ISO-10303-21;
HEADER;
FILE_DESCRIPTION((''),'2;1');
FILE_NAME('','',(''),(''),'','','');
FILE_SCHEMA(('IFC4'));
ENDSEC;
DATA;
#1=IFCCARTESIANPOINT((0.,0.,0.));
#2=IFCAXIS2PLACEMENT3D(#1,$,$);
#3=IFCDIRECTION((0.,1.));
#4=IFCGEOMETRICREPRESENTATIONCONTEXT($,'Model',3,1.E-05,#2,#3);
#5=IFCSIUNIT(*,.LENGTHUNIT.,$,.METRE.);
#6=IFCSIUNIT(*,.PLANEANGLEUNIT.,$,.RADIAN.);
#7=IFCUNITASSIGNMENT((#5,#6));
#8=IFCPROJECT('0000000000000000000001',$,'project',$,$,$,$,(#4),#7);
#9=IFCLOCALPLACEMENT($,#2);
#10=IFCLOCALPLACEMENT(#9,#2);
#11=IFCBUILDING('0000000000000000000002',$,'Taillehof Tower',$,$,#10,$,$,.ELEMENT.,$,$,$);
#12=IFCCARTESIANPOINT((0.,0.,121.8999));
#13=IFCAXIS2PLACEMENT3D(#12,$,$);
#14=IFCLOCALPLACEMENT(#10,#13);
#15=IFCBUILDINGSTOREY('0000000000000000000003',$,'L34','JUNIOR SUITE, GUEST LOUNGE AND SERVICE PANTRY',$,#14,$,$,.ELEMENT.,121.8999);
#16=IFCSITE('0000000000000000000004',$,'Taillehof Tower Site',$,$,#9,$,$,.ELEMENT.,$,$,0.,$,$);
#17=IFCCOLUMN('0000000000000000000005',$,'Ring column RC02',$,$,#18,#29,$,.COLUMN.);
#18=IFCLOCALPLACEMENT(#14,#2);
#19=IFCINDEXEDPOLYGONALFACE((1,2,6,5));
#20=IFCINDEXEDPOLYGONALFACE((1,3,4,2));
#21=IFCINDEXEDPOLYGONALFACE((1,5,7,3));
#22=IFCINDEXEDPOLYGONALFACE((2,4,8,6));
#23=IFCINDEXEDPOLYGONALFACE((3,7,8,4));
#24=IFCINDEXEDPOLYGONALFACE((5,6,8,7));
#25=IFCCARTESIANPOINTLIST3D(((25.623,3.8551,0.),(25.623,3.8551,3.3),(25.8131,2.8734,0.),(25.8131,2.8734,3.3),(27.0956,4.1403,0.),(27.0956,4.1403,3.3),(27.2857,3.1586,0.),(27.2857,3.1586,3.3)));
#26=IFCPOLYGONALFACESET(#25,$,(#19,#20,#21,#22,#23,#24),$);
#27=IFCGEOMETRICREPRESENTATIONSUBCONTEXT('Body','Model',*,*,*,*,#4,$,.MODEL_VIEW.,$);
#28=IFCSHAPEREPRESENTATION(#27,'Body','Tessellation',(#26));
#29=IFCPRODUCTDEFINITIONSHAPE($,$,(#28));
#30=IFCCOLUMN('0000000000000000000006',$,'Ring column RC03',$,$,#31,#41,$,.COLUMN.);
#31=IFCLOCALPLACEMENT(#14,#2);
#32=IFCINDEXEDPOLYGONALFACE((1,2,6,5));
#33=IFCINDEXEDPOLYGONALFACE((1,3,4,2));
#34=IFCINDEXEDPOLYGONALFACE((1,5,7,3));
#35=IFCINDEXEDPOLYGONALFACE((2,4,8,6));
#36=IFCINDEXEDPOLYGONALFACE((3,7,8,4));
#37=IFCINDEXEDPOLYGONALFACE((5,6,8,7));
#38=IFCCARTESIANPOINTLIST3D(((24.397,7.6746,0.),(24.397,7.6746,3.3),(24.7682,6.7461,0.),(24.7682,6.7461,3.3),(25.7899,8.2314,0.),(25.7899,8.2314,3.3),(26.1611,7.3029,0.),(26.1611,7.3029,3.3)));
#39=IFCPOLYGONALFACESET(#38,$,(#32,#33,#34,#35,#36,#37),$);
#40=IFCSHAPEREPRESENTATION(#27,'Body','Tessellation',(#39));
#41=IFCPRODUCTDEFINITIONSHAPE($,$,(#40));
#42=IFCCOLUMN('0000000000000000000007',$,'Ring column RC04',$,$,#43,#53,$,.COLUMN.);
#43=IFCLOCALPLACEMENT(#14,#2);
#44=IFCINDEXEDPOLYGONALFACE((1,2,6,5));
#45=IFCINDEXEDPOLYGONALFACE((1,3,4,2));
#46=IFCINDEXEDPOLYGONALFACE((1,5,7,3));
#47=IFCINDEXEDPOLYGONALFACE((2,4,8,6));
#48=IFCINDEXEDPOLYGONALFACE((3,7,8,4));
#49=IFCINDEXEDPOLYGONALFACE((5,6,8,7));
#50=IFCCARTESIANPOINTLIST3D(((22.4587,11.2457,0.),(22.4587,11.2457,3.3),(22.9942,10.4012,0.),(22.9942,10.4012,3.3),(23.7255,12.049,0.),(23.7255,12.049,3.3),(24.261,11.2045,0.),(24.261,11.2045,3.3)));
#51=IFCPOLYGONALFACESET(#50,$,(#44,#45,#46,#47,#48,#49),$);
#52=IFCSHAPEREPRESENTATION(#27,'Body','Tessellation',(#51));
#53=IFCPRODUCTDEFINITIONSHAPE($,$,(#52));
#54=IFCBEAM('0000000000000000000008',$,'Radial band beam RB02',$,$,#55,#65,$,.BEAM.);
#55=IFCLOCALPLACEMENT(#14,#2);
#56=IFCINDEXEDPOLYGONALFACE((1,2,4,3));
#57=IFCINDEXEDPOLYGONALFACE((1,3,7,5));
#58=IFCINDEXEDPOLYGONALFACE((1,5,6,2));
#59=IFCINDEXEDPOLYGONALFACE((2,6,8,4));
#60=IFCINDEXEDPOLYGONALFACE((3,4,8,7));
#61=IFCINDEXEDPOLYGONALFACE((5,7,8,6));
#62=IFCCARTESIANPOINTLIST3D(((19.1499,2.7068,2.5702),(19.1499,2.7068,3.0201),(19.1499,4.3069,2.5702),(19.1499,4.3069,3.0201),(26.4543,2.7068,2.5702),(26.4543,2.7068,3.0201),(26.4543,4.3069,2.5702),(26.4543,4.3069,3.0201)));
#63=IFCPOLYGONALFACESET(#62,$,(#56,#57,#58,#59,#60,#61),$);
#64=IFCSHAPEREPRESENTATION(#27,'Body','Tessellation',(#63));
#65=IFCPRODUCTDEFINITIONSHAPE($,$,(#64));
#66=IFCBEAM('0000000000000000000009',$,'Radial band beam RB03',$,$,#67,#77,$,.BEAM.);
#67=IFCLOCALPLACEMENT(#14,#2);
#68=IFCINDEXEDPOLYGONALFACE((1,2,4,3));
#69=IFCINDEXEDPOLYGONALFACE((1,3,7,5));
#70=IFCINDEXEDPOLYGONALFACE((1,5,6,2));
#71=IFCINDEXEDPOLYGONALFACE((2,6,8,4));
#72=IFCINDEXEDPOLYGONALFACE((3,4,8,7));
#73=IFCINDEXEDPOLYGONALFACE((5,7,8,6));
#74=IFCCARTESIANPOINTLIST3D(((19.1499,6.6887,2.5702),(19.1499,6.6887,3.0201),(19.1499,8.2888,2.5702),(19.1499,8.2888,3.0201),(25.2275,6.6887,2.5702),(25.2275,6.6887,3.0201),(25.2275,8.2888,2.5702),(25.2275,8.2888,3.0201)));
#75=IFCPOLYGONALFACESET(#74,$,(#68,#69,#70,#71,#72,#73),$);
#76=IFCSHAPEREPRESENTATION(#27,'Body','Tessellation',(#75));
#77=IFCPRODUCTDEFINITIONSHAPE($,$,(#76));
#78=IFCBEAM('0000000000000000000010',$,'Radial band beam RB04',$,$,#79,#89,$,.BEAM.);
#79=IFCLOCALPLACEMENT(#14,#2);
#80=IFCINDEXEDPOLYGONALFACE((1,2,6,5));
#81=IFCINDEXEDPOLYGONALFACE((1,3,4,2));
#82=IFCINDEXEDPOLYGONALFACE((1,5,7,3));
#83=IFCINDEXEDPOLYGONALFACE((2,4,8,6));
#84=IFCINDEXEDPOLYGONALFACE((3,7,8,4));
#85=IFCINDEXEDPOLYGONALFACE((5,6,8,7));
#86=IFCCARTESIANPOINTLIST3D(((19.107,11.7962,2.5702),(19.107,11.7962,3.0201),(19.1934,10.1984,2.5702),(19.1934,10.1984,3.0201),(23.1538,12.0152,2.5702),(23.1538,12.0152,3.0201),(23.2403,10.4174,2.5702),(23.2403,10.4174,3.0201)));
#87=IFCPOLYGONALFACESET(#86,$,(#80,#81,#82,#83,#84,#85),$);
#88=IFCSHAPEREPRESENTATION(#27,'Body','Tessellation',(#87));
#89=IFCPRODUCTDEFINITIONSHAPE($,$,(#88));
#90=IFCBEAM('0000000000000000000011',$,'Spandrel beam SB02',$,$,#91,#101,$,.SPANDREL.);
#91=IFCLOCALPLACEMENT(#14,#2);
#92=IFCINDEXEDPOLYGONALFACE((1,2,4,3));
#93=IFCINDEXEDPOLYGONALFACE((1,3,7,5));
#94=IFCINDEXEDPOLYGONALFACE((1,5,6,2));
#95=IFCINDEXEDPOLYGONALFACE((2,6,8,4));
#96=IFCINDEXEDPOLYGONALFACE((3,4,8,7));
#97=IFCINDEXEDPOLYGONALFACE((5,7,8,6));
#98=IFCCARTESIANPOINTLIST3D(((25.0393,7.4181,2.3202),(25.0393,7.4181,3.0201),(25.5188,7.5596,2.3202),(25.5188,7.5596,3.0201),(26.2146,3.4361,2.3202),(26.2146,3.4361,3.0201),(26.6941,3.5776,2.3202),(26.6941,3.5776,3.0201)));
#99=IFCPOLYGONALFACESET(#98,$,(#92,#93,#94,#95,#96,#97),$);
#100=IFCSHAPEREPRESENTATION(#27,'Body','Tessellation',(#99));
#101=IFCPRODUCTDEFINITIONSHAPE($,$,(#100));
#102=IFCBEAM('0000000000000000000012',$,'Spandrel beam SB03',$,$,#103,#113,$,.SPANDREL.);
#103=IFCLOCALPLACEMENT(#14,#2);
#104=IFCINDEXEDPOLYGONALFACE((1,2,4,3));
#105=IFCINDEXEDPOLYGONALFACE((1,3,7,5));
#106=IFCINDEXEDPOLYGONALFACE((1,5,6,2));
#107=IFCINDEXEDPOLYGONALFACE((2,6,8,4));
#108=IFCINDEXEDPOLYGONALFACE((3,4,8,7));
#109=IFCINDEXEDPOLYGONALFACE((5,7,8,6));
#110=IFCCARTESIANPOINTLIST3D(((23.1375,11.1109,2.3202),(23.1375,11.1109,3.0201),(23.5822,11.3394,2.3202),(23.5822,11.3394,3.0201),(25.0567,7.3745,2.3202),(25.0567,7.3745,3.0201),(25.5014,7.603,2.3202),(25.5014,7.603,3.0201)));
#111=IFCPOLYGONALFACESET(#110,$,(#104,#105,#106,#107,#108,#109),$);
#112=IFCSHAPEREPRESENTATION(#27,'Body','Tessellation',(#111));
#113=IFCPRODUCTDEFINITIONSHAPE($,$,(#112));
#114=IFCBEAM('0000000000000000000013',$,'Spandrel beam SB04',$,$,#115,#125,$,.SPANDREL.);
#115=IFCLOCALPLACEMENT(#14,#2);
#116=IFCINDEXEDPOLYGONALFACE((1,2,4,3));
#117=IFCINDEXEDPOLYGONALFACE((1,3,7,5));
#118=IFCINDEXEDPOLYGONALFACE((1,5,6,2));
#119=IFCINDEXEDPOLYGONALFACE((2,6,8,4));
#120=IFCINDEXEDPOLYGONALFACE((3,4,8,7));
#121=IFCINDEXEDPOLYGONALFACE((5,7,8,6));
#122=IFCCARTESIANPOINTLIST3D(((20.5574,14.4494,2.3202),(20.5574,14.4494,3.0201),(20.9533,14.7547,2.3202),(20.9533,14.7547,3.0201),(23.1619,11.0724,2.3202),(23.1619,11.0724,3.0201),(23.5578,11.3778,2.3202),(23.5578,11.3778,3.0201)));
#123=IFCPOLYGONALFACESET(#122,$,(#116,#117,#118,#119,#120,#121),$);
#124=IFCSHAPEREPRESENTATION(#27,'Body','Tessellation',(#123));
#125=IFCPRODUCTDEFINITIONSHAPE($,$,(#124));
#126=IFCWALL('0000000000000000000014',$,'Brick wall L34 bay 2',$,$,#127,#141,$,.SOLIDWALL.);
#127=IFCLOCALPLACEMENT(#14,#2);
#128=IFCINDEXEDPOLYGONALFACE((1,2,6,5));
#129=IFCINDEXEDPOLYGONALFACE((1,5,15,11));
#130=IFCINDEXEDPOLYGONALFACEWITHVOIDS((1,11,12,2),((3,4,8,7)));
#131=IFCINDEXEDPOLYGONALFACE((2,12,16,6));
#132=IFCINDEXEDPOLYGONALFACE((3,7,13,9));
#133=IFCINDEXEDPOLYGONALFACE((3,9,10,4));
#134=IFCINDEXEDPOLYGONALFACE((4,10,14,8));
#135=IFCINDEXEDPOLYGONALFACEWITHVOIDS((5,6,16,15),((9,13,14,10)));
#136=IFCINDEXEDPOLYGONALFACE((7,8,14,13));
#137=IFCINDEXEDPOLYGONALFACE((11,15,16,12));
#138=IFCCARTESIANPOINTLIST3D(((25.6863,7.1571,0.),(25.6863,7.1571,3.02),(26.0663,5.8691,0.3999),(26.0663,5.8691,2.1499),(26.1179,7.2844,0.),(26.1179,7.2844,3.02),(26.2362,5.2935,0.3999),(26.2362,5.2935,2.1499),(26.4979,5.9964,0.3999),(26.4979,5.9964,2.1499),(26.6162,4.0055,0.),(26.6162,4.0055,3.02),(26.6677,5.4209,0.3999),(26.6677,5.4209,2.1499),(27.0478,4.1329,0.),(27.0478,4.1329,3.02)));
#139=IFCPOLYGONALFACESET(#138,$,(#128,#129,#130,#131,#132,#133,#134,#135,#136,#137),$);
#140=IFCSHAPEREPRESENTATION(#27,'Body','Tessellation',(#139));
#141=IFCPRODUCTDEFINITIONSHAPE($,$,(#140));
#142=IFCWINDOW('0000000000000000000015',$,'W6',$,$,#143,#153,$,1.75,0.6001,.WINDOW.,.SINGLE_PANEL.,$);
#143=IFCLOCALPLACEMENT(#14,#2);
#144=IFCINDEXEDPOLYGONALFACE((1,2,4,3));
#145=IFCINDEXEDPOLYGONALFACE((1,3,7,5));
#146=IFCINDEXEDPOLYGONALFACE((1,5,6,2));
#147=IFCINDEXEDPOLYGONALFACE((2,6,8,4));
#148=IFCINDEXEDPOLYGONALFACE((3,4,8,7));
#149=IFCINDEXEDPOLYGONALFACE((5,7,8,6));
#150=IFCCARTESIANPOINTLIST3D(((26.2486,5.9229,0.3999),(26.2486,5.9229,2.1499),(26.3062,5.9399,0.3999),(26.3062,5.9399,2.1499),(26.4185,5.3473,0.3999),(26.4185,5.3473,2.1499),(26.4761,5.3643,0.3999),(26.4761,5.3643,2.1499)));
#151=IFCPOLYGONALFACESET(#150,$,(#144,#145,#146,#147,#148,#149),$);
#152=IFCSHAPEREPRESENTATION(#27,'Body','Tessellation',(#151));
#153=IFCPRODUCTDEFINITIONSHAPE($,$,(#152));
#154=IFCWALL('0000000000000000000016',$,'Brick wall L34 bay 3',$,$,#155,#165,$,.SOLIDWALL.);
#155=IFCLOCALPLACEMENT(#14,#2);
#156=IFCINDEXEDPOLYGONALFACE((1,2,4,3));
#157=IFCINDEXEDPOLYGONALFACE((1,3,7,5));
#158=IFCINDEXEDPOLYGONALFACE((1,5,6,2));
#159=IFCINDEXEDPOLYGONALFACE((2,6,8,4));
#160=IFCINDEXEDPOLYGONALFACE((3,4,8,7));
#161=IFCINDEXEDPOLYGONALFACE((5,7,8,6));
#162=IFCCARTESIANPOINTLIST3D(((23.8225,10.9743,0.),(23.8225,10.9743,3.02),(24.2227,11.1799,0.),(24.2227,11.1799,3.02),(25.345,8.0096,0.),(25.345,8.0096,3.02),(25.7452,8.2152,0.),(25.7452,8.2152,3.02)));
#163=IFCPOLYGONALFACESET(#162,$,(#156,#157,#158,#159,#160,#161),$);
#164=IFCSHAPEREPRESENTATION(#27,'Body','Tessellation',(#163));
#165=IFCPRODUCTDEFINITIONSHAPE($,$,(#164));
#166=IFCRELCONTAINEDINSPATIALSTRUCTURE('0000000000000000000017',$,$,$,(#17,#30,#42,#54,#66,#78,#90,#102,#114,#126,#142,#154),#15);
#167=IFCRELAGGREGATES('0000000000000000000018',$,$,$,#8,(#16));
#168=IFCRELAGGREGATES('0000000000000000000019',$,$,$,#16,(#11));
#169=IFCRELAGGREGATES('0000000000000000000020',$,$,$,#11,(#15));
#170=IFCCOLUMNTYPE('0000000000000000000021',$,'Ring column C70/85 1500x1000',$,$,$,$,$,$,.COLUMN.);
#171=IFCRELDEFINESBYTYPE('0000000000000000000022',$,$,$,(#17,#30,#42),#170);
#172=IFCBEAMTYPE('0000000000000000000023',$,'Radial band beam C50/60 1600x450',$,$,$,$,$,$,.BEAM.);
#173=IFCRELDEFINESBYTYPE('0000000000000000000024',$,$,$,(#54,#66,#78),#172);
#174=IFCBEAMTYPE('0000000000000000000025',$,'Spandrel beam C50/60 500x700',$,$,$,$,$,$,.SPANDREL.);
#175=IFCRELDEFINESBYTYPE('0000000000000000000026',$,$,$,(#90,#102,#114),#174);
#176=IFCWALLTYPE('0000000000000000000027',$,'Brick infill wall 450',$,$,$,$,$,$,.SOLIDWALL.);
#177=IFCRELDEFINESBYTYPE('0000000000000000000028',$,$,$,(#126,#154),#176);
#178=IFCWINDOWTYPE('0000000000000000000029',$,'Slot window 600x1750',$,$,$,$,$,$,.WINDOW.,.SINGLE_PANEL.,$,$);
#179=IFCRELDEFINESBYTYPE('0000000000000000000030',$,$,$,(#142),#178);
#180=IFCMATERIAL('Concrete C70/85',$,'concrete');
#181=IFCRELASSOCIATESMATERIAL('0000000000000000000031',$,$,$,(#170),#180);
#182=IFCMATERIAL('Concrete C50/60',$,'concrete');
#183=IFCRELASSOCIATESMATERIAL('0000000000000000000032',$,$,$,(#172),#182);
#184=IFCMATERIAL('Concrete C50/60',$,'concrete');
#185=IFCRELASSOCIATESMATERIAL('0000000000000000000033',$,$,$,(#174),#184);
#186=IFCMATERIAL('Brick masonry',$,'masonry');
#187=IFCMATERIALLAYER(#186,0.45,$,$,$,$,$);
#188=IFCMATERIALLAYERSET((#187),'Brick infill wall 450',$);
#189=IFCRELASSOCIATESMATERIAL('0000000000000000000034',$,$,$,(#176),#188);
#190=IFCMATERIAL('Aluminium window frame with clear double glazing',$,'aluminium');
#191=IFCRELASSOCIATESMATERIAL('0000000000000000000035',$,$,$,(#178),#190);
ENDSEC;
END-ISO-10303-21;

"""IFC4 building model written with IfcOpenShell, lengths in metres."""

from ifc_helpers import new_model, si_unit, direction, frame, frame_2d, origin, origin_2d, place, context, subcontext, project, spatial, rectangle, extrude, material, layer, layer_set, material_profile, profile_set, type_object, element, fill, save


model = new_model("IFC4")

# Units and contexts
model_context = context("Model", 3, precision=1e-05, world=origin(), true_north=direction((0.0, 1.0)))
body_context = subcontext(model_context, "Body", "Model", "MODEL_VIEW")
ifc_project = project(units=[si_unit("LENGTHUNIT", "METRE"), si_unit("PLANEANGLEUNIT", "RADIAN")], contexts=[model_context])

# Site, building, storey
site_placement = place(None, origin())
site = spatial("IfcSite", under=ifc_project, at=site_placement, Name="Taillehof Tower Site", CompositionType="ELEMENT", RefElevation=0.0)
building_placement = place(site_placement, origin())
building = spatial("IfcBuilding", under=site, at=building_placement, Name="Taillehof Tower", CompositionType="ELEMENT")
storey_placement = place(building_placement, frame((0.0, 0.0, 121.8999)))
storey = spatial("IfcBuildingStorey", under=building, at=storey_placement, Name="L34", Description="JUNIOR SUITE, GUEST LOUNGE AND SERVICE PANTRY", CompositionType="ELEMENT", Elevation=121.8999)

# Columns
ifc_material_1 = material(Name="Concrete C70/85", Category="concrete")
ifc_material_profile_1 = material_profile(ifc_material_1, rectangle(XDim=1.5, YDim=1.0, at=origin_2d()), Name="RC 1500x1000")
ifc_profile_set_1 = profile_set([ifc_material_profile_1], Name="Concrete C70/85")
column_type = type_object("IfcColumnType", Name="Ring column C70/85 1500x1000", PredefinedType="COLUMN", material=ifc_profile_set_1)
for number, where, z_axis, x_axis, name in (
    (1, (26.4543, 3.5068, 0.0), (0.0, 0.0, 1.0), (0.981757, 0.190138, 0.0), "Ring column RC02"),
    (2, (25.2791, 7.4888, 0.0), (0.0, 0.0, 1.0), (0.92855, 0.371207, 0.0), "Ring column RC03"),
    (3, (23.3599, 11.2251, 0.0), (0.0, 0.0, 1.0), (0.844511, 0.535537, 0.0), "Ring column RC04"),
):
    element("IfcColumn", number, at=place(storey_placement, frame(where, z_axis=z_axis, x_axis=x_axis)), inside=storey, type_object=column_type, Name=name, PredefinedType="COLUMN", context=body_context, shape_type="SweptSolid", body=[
        extrude(rectangle(XDim=1.5, YDim=1.0, at=origin_2d()), origin(), (0.0, 0.0, 1.0), 3.3),
    ])

# Beams
ifc_material_2 = material(Name="Concrete C50/60", Category="concrete")
ifc_material_profile_2 = material_profile(ifc_material_2, rectangle(XDim=1.6001, YDim=0.45, at=origin_2d()), Name="RC 1600x450")
ifc_profile_set_2 = profile_set([ifc_material_profile_2], Name="Concrete C50/60")
beam_type_1 = type_object("IfcBeamType", Name="Radial band beam C50/60 1600x450", PredefinedType="BEAM", material=ifc_profile_set_2)
beam_1_placement = place(storey_placement, frame((26.4543, 3.5068, 2.7952), z_axis=(-1.0, 0.0, 0.0), x_axis=(0.0, -1.0, 0.0)))
element("IfcBeam", 4, at=beam_1_placement, inside=storey, type_object=beam_type_1, Name="Radial band beam RB02", PredefinedType="BEAM", context=body_context, shape_type="SweptSolid", body=[
    extrude(rectangle(XDim=1.6001, YDim=0.45, at=origin_2d()), origin(), (0.0, 0.0, 1.0), 7.3044),
])
beam_2_placement = place(storey_placement, frame((25.2275, 7.4888, 2.7952), z_axis=(-1.0, 0.0, 0.0), x_axis=(0.0, -1.0, 0.0)))
element("IfcBeam", 5, at=beam_2_placement, inside=storey, type_object=beam_type_1, Name="Radial band beam RB03", PredefinedType="BEAM", context=body_context, shape_type="SweptSolid", body=[
    extrude(rectangle(XDim=1.6001, YDim=0.45, at=origin_2d()), origin(), (0.0, 0.0, 1.0), 6.0776),
])
beam_3_placement = place(storey_placement, frame((23.197, 11.2163, 2.7952), z_axis=(-0.998539, -0.054035, 0.0), x_axis=(0.054035, -0.998539, 0.0)))
element("IfcBeam", 6, at=beam_3_placement, inside=storey, type_object=beam_type_1, Name="Radial band beam RB04", PredefinedType="BEAM", context=body_context, shape_type="SweptSolid", body=[
    extrude(rectangle(XDim=1.6001, YDim=0.45, at=origin_2d()), origin(), (0.0, 0.0, 1.0), 4.0527),
])
ifc_material_3 = material(Name="Concrete C50/60", Category="concrete")
ifc_material_profile_3 = material_profile(ifc_material_3, rectangle(XDim=0.5, YDim=0.7, at=origin_2d()), Name="RC 500x700")
ifc_profile_set_3 = profile_set([ifc_material_profile_3], Name="Concrete C50/60")
beam_type_2 = type_object("IfcBeamType", Name="Spandrel beam C50/60 500x700", PredefinedType="SPANDREL", material=ifc_profile_set_3)
beam_4_placement = place(storey_placement, frame((26.4543, 3.5068, 2.6702), z_axis=(-0.283083, 0.959095, 0.0), x_axis=(-0.959095, -0.283083, 0.0)))
element("IfcBeam", 7, at=beam_4_placement, inside=storey, type_object=beam_type_2, Name="Spandrel beam SB02", PredefinedType="SPANDREL", context=body_context, shape_type="SweptSolid", body=[
    extrude(rectangle(XDim=0.5, YDim=0.7, at=origin_2d()), origin(), (0.0, 0.0, 1.0), 4.1519),
])
beam_5_placement = place(storey_placement, frame((25.2791, 7.4888, 2.6702), z_axis=(-0.456905, 0.889515, 0.0), x_axis=(-0.889515, -0.456905, 0.0)))
element("IfcBeam", 8, at=beam_5_placement, inside=storey, type_object=beam_type_2, Name="Spandrel beam SB03", PredefinedType="SPANDREL", context=body_context, shape_type="SweptSolid", body=[
    extrude(rectangle(XDim=0.5, YDim=0.7, at=origin_2d()), origin(), (0.0, 0.0, 1.0), 4.2004),
])
beam_6_placement = place(storey_placement, frame((23.3599, 11.2251, 2.6702), z_axis=(-0.610717, 0.791849, 0.0), x_axis=(-0.791849, -0.610717, 0.0)))
element("IfcBeam", 9, at=beam_6_placement, inside=storey, type_object=beam_type_2, Name="Spandrel beam SB04", PredefinedType="SPANDREL", context=body_context, shape_type="SweptSolid", body=[
    extrude(rectangle(XDim=0.5, YDim=0.7, at=origin_2d()), origin(), (0.0, 0.0, 1.0), 4.2646),
])

# Wall, opening, window
ifc_material_4 = material(Name="Brick masonry", Category="masonry")
ifc_layer_1 = layer(ifc_material_4, 0.45)
ifc_layer_set_1 = layer_set([ifc_layer_1], Name="Brick infill wall 450")
wall_type_1 = type_object("IfcWallType", Name="Brick infill wall 450", PredefinedType="SOLIDWALL", material=ifc_layer_set_1)
wall_1_placement = place(storey_placement, frame((26.832, 4.0691, 0.0), z_axis=(0.0, 0.0, 1.0), x_axis=(-0.283003, 0.959119, 0.0)))
wall_1 = element("IfcWall", 10, at=wall_1_placement, inside=storey, type_object=wall_type_1, Name="Brick wall L34 bay 2", PredefinedType="SOLIDWALL", context=body_context, shape_type="SweptSolid", body=[
    extrude(rectangle(XDim=3.2859, YDim=0.45, at=frame_2d((1.6431, 0.0))), origin(), (0.0, 0.0, 1.0), 3.02),
])
opening_1_placement = place(wall_1_placement, frame((1.343, 0.0, 0.3999)))
opening_1 = element("IfcOpeningElement", 11, at=opening_1_placement, cuts=wall_1, PredefinedType="OPENING", context=body_context, shape_type="SweptSolid", body=[
    extrude(rectangle(XDim=0.6001, YDim=1.75, at=frame_2d((0.3, 0.875))), frame((0.0, 0.2349, 0.0), z_axis=(0.0, -1.0, 0.0), x_axis=(1.0, 0.0, 0.0)), (0.0, 0.0, 1.0), 0.47),
])
ifc_material_5 = material(Name="Aluminium window frame with clear double glazing", Category="aluminium")
window_type = type_object("IfcWindowType", Name="Slot window 600x1750", PartitioningType="SINGLE_PANEL", PredefinedType="WINDOW", material=ifc_material_5)
window_placement = place(opening_1_placement, origin())
window = element("IfcWindow", 12, at=window_placement, inside=storey, type_object=window_type, Name="W6", OverallHeight=1.75, OverallWidth=0.6001, PartitioningType="SINGLE_PANEL", PredefinedType="WINDOW", context=body_context, shape_type="SweptSolid", body=[
    extrude(rectangle(XDim=0.6001, YDim=1.75, at=frame_2d((0.3, 0.875))), frame((0.0, 0.0349, 0.0), z_axis=(0.0, -1.0, 0.0), x_axis=(1.0, 0.0, 0.0)), (0.0, 0.0, 1.0), 0.0601),
])
fill(opening_1, window)

# Wall
wall_2_placement = place(storey_placement, frame((25.5452, 8.1123, 0.0), z_axis=(0.0, 0.0, 1.0), x_axis=(-0.456828, 0.889555, 0.0)))
element("IfcWall", 13, at=wall_2_placement, inside=storey, type_object=wall_type_1, Name="Brick wall L34 bay 3", PredefinedType="SOLIDWALL", context=body_context, shape_type="SweptSolid", body=[
    extrude(rectangle(XDim=3.3328, YDim=0.45, at=frame_2d((1.6665, 0.0))), origin(), (0.0, 0.0, 1.0), 3.02),
])

save(model, "model.ifc")
